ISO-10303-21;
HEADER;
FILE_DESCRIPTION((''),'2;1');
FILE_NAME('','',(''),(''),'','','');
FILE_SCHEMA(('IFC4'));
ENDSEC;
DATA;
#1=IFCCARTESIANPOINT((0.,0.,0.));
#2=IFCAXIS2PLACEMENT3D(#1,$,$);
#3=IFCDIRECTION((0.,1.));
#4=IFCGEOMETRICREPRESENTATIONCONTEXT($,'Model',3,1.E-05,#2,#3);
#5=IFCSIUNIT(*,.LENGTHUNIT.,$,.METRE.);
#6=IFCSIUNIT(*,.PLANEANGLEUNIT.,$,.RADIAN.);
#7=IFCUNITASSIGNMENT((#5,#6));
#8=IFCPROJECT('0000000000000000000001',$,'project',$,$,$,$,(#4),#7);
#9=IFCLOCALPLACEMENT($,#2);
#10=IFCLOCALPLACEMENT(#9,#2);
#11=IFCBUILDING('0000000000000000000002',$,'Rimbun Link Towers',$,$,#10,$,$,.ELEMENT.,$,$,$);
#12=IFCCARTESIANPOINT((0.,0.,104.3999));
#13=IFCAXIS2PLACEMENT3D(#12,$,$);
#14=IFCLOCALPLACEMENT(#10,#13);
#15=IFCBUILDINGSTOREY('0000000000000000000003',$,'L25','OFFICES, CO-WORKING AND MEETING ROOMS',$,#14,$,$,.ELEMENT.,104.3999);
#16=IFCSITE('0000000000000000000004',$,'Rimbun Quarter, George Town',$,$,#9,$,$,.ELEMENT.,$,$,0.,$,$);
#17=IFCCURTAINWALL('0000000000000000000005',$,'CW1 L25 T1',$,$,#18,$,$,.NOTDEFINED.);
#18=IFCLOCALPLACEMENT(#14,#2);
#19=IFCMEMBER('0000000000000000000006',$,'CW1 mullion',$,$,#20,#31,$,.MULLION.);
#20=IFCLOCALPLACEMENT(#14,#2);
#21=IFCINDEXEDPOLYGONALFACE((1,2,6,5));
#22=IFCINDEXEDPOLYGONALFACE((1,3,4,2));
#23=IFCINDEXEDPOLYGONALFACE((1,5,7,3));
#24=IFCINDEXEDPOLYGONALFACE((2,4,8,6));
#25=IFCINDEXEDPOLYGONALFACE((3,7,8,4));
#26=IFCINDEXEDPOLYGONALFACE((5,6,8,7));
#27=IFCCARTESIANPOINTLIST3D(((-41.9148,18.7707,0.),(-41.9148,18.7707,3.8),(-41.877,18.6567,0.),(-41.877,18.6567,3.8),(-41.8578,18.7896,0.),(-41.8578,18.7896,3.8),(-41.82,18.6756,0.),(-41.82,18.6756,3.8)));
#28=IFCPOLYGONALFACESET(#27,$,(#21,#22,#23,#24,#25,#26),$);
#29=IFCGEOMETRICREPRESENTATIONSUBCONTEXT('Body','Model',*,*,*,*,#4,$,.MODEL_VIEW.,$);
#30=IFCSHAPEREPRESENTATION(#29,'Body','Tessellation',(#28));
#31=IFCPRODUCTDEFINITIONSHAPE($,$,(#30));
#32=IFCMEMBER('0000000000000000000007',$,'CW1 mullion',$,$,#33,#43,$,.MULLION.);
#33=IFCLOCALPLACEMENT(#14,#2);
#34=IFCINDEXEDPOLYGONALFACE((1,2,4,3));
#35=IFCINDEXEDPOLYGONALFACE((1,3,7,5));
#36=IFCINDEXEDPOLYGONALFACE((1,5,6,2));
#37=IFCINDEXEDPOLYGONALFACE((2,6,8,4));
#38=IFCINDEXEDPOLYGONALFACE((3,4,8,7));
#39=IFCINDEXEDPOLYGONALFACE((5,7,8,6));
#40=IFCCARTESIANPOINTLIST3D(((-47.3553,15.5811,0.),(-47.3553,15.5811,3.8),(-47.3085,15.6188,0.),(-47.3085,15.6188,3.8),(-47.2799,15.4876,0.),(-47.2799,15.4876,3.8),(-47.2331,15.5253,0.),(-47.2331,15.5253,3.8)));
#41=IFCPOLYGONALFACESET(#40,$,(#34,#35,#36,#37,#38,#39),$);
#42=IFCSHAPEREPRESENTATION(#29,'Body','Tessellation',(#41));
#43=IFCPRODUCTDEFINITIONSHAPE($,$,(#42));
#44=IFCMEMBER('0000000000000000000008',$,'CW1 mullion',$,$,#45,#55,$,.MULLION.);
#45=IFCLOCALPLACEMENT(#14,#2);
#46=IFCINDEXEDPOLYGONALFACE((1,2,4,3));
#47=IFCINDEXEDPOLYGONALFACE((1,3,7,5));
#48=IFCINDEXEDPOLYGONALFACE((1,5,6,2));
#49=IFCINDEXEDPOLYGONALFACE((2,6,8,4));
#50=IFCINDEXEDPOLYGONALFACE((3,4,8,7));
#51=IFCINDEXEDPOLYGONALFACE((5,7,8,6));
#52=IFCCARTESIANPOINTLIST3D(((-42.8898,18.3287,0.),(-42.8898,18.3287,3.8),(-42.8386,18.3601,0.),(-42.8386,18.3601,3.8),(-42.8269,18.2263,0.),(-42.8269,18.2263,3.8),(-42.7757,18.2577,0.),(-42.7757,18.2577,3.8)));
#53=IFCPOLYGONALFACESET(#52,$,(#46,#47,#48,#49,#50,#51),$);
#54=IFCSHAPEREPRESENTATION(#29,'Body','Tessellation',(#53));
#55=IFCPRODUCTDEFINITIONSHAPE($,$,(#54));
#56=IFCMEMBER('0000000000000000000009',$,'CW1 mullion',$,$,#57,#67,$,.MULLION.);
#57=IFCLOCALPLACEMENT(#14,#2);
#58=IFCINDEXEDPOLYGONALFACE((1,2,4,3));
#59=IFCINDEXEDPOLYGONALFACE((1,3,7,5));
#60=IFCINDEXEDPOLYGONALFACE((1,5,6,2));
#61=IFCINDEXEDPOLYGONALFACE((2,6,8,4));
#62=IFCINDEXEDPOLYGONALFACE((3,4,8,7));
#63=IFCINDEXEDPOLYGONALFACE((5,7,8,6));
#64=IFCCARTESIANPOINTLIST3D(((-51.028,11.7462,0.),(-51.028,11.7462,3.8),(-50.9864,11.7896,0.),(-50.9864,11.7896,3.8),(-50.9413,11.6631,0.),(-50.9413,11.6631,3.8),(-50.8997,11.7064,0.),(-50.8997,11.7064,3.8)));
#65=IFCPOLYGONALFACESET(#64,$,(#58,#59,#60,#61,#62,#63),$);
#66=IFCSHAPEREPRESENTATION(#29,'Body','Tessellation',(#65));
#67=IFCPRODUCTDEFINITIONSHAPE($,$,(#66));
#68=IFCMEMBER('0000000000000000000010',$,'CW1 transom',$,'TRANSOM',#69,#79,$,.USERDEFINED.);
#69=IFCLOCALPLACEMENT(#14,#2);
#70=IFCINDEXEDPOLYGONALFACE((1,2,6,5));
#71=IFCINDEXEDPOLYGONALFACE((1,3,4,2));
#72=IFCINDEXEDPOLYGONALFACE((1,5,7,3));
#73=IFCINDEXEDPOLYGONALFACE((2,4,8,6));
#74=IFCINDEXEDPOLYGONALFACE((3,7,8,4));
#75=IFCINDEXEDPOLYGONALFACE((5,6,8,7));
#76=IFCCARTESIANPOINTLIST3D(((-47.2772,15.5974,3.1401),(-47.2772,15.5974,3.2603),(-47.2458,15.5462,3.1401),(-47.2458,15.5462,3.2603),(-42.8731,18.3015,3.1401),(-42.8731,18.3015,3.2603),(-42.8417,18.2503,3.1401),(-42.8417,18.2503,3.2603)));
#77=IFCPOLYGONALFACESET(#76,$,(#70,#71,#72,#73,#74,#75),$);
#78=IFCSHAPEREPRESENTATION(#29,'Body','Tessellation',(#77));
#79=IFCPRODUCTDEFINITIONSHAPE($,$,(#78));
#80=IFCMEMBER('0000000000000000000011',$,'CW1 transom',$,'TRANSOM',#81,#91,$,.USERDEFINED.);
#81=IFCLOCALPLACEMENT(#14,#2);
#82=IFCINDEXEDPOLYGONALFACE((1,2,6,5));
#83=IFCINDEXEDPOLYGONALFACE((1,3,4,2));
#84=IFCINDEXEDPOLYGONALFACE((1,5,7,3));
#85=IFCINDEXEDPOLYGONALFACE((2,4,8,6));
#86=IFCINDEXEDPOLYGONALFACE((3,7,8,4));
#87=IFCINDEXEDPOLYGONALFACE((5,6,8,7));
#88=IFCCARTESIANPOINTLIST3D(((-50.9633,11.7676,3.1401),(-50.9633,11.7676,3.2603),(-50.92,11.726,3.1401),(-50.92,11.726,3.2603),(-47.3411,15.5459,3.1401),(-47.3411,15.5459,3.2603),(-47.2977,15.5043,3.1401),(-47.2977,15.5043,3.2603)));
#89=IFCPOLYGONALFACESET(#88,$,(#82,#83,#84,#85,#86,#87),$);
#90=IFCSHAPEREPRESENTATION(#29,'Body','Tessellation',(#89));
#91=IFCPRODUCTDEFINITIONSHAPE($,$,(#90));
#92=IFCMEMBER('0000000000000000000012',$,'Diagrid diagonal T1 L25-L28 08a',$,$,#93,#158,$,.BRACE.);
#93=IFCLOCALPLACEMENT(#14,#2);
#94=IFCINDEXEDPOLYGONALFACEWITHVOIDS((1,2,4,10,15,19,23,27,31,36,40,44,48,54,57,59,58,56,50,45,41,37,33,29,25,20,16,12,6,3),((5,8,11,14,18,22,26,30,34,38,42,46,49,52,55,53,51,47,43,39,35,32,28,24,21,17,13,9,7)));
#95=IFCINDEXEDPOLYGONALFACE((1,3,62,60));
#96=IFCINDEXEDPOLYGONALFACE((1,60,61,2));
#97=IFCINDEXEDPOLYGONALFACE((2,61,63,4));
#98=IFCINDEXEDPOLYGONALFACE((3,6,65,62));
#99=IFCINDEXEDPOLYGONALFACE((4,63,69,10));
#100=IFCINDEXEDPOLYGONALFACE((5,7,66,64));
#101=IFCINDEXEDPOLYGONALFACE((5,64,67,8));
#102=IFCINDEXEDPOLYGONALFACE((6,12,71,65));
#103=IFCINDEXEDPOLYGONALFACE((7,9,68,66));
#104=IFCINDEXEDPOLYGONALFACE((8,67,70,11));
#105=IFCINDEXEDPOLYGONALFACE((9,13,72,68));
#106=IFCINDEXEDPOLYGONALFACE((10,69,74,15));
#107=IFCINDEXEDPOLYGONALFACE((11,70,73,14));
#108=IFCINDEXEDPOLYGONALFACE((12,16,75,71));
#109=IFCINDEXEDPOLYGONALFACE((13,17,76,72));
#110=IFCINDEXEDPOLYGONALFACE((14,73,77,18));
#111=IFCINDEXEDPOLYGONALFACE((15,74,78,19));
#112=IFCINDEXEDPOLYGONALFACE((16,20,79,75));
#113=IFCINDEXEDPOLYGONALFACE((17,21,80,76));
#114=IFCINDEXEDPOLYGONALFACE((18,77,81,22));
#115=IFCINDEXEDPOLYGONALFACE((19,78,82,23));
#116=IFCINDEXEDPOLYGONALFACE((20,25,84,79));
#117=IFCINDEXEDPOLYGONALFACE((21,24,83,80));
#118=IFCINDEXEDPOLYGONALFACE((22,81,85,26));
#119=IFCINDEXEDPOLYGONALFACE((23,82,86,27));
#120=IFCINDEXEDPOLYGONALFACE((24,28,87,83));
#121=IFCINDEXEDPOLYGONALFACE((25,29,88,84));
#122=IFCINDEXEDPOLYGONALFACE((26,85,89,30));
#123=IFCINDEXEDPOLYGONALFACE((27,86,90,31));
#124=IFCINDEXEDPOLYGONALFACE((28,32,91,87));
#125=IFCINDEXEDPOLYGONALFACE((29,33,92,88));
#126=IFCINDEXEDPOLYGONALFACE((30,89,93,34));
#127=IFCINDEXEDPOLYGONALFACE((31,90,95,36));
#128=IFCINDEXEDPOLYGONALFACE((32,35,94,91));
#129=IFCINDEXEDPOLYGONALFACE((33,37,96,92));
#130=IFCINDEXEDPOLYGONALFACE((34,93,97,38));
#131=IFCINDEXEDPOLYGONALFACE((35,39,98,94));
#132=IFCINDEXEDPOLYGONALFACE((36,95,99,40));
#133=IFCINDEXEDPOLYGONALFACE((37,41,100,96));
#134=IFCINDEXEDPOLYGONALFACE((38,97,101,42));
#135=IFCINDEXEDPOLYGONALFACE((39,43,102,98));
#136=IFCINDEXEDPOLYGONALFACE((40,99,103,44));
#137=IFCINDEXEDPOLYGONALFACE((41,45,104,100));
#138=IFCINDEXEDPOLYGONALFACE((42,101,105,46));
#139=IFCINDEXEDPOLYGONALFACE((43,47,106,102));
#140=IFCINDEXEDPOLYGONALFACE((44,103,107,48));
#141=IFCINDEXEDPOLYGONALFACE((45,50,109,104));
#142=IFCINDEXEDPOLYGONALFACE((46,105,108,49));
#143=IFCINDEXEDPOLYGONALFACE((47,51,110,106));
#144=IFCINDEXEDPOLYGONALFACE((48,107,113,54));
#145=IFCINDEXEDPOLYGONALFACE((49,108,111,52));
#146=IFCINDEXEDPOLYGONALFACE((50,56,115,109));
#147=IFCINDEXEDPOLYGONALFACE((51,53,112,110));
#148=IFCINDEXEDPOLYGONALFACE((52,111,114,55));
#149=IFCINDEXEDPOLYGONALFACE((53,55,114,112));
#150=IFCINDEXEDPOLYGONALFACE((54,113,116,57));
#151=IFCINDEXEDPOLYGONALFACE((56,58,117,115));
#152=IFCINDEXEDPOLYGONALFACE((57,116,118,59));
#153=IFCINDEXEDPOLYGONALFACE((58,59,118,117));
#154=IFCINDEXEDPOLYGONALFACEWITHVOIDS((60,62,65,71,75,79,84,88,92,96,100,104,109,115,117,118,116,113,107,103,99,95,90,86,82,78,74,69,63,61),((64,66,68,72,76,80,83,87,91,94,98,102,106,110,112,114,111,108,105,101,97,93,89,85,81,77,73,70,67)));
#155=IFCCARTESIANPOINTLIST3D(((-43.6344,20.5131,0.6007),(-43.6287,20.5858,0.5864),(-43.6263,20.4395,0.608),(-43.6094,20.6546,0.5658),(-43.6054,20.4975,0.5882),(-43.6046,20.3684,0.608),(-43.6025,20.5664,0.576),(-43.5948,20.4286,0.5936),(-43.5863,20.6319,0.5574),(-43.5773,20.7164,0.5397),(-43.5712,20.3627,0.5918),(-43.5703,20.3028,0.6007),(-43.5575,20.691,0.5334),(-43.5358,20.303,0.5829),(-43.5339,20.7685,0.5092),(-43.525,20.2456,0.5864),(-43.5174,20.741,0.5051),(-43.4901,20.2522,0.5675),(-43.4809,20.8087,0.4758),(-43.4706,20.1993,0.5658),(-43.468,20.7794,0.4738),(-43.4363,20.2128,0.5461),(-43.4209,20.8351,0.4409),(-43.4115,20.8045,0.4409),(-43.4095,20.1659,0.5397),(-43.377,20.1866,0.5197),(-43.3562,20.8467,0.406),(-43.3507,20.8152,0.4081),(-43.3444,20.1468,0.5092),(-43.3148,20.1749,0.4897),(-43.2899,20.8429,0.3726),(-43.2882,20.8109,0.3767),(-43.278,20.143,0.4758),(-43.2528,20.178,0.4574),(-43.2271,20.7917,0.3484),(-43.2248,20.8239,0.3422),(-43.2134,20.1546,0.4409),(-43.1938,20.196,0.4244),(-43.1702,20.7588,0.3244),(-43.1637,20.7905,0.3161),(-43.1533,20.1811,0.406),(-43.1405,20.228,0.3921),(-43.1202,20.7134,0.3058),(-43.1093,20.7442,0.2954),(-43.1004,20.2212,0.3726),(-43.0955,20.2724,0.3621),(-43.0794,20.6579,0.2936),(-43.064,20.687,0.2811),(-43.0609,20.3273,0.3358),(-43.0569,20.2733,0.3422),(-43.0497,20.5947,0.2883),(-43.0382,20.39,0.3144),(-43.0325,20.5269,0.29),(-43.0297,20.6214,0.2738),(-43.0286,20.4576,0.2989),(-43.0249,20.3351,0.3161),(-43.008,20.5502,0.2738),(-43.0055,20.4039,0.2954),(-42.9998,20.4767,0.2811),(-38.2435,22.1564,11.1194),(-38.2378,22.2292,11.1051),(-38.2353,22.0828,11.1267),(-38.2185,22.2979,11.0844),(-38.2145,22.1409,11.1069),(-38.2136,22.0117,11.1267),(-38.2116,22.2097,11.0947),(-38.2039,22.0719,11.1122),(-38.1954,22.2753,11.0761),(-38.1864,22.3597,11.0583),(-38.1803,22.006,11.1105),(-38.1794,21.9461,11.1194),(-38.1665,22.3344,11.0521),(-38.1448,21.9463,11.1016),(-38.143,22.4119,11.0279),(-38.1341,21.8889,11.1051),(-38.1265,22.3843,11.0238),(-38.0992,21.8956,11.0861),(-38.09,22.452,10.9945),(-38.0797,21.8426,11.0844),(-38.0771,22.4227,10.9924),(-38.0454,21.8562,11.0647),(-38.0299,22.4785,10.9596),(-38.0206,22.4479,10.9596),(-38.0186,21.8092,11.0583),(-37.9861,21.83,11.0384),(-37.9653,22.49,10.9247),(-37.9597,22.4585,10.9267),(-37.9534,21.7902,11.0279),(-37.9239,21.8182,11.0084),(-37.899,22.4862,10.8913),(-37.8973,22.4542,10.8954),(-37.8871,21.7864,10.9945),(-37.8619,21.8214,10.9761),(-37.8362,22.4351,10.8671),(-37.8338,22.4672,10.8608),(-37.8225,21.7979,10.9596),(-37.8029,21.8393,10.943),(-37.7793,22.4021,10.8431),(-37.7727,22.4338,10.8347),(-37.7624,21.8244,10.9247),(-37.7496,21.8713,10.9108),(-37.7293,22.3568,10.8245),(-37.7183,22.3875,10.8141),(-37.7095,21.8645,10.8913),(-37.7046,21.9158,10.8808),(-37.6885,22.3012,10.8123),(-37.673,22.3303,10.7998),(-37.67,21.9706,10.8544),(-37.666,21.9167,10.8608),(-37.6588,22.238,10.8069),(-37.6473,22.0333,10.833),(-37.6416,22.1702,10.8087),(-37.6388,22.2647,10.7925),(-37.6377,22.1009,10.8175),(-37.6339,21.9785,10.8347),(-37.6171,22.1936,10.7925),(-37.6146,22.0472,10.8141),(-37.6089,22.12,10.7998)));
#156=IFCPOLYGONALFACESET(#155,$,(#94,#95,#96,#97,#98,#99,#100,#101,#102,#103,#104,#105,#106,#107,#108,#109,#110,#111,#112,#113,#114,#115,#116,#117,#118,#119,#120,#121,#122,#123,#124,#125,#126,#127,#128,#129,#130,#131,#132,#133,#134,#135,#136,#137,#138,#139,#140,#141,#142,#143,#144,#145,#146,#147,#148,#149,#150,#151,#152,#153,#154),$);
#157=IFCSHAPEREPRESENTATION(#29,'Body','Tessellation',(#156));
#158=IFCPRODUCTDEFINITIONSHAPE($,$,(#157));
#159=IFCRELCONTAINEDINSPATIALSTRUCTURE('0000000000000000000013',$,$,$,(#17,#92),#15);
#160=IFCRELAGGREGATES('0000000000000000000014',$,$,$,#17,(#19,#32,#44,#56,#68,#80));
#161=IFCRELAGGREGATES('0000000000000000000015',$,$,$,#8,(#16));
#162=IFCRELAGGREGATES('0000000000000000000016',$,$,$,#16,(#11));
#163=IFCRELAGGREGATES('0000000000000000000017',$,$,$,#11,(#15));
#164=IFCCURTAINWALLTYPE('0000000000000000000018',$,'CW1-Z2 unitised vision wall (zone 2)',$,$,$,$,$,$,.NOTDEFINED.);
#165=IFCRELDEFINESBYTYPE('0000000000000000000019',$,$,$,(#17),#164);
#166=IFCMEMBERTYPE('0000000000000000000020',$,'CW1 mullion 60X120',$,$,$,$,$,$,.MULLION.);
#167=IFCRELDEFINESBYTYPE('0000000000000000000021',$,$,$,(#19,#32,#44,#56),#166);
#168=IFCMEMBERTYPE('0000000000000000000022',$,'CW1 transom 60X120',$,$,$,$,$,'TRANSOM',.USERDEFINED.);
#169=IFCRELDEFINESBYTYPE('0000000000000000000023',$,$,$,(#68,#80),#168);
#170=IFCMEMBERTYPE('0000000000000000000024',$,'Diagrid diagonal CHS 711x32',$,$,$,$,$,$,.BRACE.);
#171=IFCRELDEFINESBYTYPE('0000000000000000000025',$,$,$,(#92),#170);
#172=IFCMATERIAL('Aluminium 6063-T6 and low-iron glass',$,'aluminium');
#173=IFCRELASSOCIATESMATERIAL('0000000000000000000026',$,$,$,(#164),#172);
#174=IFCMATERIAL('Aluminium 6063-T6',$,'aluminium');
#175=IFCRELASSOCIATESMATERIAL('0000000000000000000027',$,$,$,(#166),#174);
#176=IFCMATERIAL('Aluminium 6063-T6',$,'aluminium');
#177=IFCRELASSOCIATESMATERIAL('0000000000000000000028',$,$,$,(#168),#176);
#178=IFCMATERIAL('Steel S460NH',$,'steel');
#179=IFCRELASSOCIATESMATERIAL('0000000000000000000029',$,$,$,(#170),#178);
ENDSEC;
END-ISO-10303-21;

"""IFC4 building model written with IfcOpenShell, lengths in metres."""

from ifc_helpers import new_model, si_unit, direction, frame, origin, origin_2d, place, context, subcontext, project, spatial, rectangle, hollow_circle, extrude, material, material_profile, profile_set, type_object, element, aggregate, save


model = new_model("IFC4")

# Units and contexts
model_context = context("Model", 3, precision=1e-05, world=origin(), true_north=direction((0.0, 1.0)))
body_context = subcontext(model_context, "Body", "Model", "MODEL_VIEW")
ifc_project = project(units=[si_unit("LENGTHUNIT", "METRE"), si_unit("PLANEANGLEUNIT", "RADIAN")], contexts=[model_context])

# Site, building, storey
site_placement = place(None, origin())
site = spatial("IfcSite", under=ifc_project, at=site_placement, Name="Rimbun Quarter, George Town", CompositionType="ELEMENT", RefElevation=0.0)
building_placement = place(site_placement, origin())
building = spatial("IfcBuilding", under=site, at=building_placement, Name="Rimbun Link Towers", CompositionType="ELEMENT")
storey_placement = place(building_placement, frame((0.0, 0.0, 104.3999)))
storey = spatial("IfcBuildingStorey", under=building, at=storey_placement, Name="L25", Description="OFFICES, CO-WORKING AND MEETING ROOMS", CompositionType="ELEMENT", Elevation=104.3999)

# Curtain wall, members
ifc_material_1 = material(Name="Aluminium 6063-T6 and low-iron glass", Category="aluminium")
curtain_wall_type = type_object("IfcCurtainWallType", Name="CW1-Z2 unitised vision wall (zone 2)", PredefinedType="NOTDEFINED", material=ifc_material_1)
curtain_wall_placement = place(storey_placement, origin())
curtain_wall = element("IfcCurtainWall", 1, at=curtain_wall_placement, inside=storey, type_object=curtain_wall_type, Name="CW1 L25 T1", PredefinedType="NOTDEFINED")
ifc_material_2 = material(Name="Aluminium 6063-T6", Category="aluminium")
ifc_material_profile_1 = material_profile(ifc_material_2, rectangle(XDim=0.1201, YDim=0.0601, at=origin_2d()), Name="MULLION 60X120")
ifc_profile_set_1 = profile_set([ifc_material_profile_1], Name="Aluminium 6063-T6")
member_type_1 = type_object("IfcMemberType", Name="CW1 mullion 60X120", PredefinedType="MULLION", material=ifc_profile_set_1)
member_1_placement = place(storey_placement, frame((-41.8674, 18.7231, 0.0), z_axis=(0.0, 0.0, 1.0), x_axis=(-0.314562, 0.949237, 0.0)))
member_1 = element("IfcMember", 2, at=member_1_placement, type_object=member_type_1, Name="CW1 mullion", PredefinedType="MULLION", context=body_context, shape_type="SweptSolid", body=[
    extrude(rectangle(XDim=0.1201, YDim=0.0601, at=origin_2d()), origin(), (0.0, 0.0, 1.0), 3.8),
])
member_2_placement = place(storey_placement, frame((-47.2942, 15.5532, 0.0), z_axis=(0.0, 0.0, 1.0), x_axis=(-0.62767, 0.778479, 0.0)))
member_2 = element("IfcMember", 3, at=member_2_placement, type_object=member_type_1, Name="CW1 mullion", PredefinedType="MULLION", context=body_context, shape_type="SweptSolid", body=[
    extrude(rectangle(XDim=0.1201, YDim=0.0601, at=origin_2d()), origin(), (0.0, 0.0, 1.0), 3.8),
])
member_3_placement = place(storey_placement, frame((-42.8328, 18.2932, 0.0), z_axis=(0.0, 0.0, 1.0), x_axis=(-0.523241, 0.852185, 0.0)))
member_3 = element("IfcMember", 4, at=member_3_placement, type_object=member_type_1, Name="CW1 mullion", PredefinedType="MULLION", context=body_context, shape_type="SweptSolid", body=[
    extrude(rectangle(XDim=0.1201, YDim=0.0601, at=origin_2d()), origin(), (0.0, 0.0, 1.0), 3.8),
])
member_4_placement = place(storey_placement, frame((-50.9639, 11.7263, 0.0), z_axis=(0.0, 0.0, 1.0), x_axis=(-0.721845, 0.692055, 0.0)))
member_4 = element("IfcMember", 5, at=member_4_placement, type_object=member_type_1, Name="CW1 mullion", PredefinedType="MULLION", context=body_context, shape_type="SweptSolid", body=[
    extrude(rectangle(XDim=0.1201, YDim=0.0601, at=origin_2d()), origin(), (0.0, 0.0, 1.0), 3.8),
])
ifc_material_3 = material(Name="Aluminium 6063-T6", Category="aluminium")
ifc_material_profile_2 = material_profile(ifc_material_3, rectangle(XDim=0.0601, YDim=0.1201, at=origin_2d()), Name="TRANSOM 60X120")
ifc_profile_set_2 = profile_set([ifc_material_profile_2], Name="Aluminium 6063-T6")
member_type_2 = type_object("IfcMemberType", Name="CW1 transom 60X120", ElementType="TRANSOM", PredefinedType="USERDEFINED", material=ifc_profile_set_2)
member_5_placement = place(storey_placement, frame((-47.2615, 15.5718, 3.2002), z_axis=(0.852183, 0.523243, 0.0), x_axis=(-0.523243, 0.852183, 0.0)))
member_5 = element("IfcMember", 6, at=member_5_placement, type_object=member_type_2, Name="CW1 transom", ObjectType="TRANSOM", PredefinedType="USERDEFINED", context=body_context, shape_type="SweptSolid", body=[
    extrude(rectangle(XDim=0.0601, YDim=0.1201, at=origin_2d()), origin(), (0.0, 0.0, 1.0), 5.168),
])
member_6_placement = place(storey_placement, frame((-50.9417, 11.7468, 3.2002), z_axis=(0.692047, 0.721852, 0.0), x_axis=(-0.721852, 0.692047, 0.0)))
member_6 = element("IfcMember", 7, at=member_6_placement, type_object=member_type_2, Name="CW1 transom", ObjectType="TRANSOM", PredefinedType="USERDEFINED", context=body_context, shape_type="SweptSolid", body=[
    extrude(rectangle(XDim=0.0601, YDim=0.1201, at=origin_2d()), origin(), (0.0, 0.0, 1.0), 5.2341),
])

# Member
ifc_material_4 = material(Name="Steel S460NH", Category="steel")
ifc_material_profile_3 = material_profile(ifc_material_4, hollow_circle(Radius=0.3557, WallThickness=0.032, at=origin_2d()), Name="Diagrid diagonal CHS 711x32")
ifc_profile_set_3 = profile_set([ifc_material_profile_3], Name="Steel S460NH")
member_type_3 = type_object("IfcMemberType", Name="Diagrid diagonal CHS 711x32", PredefinedType="BRACE", material=ifc_profile_set_3)
member_7_placement = place(storey_placement, frame((-43.3171, 20.4949, 0.4409), z_axis=(0.451753, 0.137709, 0.881451), x_axis=(-0.291586, 0.956545, 0.0)))
element("IfcMember", 8, at=member_7_placement, inside=storey, type_object=member_type_3, Name="Diagrid diagonal T1 L25-L28 08a", PredefinedType="BRACE", context=body_context, shape_type="SweptSolid", body=[
    extrude(hollow_circle(Radius=0.3557, WallThickness=0.032, at=origin_2d()), origin(), (0.0, 0.0, 1.0), 11.9333),
])

aggregate(curtain_wall, [member_1, member_2, member_3, member_4, member_5, member_6])

save(model, "model.ifc")
